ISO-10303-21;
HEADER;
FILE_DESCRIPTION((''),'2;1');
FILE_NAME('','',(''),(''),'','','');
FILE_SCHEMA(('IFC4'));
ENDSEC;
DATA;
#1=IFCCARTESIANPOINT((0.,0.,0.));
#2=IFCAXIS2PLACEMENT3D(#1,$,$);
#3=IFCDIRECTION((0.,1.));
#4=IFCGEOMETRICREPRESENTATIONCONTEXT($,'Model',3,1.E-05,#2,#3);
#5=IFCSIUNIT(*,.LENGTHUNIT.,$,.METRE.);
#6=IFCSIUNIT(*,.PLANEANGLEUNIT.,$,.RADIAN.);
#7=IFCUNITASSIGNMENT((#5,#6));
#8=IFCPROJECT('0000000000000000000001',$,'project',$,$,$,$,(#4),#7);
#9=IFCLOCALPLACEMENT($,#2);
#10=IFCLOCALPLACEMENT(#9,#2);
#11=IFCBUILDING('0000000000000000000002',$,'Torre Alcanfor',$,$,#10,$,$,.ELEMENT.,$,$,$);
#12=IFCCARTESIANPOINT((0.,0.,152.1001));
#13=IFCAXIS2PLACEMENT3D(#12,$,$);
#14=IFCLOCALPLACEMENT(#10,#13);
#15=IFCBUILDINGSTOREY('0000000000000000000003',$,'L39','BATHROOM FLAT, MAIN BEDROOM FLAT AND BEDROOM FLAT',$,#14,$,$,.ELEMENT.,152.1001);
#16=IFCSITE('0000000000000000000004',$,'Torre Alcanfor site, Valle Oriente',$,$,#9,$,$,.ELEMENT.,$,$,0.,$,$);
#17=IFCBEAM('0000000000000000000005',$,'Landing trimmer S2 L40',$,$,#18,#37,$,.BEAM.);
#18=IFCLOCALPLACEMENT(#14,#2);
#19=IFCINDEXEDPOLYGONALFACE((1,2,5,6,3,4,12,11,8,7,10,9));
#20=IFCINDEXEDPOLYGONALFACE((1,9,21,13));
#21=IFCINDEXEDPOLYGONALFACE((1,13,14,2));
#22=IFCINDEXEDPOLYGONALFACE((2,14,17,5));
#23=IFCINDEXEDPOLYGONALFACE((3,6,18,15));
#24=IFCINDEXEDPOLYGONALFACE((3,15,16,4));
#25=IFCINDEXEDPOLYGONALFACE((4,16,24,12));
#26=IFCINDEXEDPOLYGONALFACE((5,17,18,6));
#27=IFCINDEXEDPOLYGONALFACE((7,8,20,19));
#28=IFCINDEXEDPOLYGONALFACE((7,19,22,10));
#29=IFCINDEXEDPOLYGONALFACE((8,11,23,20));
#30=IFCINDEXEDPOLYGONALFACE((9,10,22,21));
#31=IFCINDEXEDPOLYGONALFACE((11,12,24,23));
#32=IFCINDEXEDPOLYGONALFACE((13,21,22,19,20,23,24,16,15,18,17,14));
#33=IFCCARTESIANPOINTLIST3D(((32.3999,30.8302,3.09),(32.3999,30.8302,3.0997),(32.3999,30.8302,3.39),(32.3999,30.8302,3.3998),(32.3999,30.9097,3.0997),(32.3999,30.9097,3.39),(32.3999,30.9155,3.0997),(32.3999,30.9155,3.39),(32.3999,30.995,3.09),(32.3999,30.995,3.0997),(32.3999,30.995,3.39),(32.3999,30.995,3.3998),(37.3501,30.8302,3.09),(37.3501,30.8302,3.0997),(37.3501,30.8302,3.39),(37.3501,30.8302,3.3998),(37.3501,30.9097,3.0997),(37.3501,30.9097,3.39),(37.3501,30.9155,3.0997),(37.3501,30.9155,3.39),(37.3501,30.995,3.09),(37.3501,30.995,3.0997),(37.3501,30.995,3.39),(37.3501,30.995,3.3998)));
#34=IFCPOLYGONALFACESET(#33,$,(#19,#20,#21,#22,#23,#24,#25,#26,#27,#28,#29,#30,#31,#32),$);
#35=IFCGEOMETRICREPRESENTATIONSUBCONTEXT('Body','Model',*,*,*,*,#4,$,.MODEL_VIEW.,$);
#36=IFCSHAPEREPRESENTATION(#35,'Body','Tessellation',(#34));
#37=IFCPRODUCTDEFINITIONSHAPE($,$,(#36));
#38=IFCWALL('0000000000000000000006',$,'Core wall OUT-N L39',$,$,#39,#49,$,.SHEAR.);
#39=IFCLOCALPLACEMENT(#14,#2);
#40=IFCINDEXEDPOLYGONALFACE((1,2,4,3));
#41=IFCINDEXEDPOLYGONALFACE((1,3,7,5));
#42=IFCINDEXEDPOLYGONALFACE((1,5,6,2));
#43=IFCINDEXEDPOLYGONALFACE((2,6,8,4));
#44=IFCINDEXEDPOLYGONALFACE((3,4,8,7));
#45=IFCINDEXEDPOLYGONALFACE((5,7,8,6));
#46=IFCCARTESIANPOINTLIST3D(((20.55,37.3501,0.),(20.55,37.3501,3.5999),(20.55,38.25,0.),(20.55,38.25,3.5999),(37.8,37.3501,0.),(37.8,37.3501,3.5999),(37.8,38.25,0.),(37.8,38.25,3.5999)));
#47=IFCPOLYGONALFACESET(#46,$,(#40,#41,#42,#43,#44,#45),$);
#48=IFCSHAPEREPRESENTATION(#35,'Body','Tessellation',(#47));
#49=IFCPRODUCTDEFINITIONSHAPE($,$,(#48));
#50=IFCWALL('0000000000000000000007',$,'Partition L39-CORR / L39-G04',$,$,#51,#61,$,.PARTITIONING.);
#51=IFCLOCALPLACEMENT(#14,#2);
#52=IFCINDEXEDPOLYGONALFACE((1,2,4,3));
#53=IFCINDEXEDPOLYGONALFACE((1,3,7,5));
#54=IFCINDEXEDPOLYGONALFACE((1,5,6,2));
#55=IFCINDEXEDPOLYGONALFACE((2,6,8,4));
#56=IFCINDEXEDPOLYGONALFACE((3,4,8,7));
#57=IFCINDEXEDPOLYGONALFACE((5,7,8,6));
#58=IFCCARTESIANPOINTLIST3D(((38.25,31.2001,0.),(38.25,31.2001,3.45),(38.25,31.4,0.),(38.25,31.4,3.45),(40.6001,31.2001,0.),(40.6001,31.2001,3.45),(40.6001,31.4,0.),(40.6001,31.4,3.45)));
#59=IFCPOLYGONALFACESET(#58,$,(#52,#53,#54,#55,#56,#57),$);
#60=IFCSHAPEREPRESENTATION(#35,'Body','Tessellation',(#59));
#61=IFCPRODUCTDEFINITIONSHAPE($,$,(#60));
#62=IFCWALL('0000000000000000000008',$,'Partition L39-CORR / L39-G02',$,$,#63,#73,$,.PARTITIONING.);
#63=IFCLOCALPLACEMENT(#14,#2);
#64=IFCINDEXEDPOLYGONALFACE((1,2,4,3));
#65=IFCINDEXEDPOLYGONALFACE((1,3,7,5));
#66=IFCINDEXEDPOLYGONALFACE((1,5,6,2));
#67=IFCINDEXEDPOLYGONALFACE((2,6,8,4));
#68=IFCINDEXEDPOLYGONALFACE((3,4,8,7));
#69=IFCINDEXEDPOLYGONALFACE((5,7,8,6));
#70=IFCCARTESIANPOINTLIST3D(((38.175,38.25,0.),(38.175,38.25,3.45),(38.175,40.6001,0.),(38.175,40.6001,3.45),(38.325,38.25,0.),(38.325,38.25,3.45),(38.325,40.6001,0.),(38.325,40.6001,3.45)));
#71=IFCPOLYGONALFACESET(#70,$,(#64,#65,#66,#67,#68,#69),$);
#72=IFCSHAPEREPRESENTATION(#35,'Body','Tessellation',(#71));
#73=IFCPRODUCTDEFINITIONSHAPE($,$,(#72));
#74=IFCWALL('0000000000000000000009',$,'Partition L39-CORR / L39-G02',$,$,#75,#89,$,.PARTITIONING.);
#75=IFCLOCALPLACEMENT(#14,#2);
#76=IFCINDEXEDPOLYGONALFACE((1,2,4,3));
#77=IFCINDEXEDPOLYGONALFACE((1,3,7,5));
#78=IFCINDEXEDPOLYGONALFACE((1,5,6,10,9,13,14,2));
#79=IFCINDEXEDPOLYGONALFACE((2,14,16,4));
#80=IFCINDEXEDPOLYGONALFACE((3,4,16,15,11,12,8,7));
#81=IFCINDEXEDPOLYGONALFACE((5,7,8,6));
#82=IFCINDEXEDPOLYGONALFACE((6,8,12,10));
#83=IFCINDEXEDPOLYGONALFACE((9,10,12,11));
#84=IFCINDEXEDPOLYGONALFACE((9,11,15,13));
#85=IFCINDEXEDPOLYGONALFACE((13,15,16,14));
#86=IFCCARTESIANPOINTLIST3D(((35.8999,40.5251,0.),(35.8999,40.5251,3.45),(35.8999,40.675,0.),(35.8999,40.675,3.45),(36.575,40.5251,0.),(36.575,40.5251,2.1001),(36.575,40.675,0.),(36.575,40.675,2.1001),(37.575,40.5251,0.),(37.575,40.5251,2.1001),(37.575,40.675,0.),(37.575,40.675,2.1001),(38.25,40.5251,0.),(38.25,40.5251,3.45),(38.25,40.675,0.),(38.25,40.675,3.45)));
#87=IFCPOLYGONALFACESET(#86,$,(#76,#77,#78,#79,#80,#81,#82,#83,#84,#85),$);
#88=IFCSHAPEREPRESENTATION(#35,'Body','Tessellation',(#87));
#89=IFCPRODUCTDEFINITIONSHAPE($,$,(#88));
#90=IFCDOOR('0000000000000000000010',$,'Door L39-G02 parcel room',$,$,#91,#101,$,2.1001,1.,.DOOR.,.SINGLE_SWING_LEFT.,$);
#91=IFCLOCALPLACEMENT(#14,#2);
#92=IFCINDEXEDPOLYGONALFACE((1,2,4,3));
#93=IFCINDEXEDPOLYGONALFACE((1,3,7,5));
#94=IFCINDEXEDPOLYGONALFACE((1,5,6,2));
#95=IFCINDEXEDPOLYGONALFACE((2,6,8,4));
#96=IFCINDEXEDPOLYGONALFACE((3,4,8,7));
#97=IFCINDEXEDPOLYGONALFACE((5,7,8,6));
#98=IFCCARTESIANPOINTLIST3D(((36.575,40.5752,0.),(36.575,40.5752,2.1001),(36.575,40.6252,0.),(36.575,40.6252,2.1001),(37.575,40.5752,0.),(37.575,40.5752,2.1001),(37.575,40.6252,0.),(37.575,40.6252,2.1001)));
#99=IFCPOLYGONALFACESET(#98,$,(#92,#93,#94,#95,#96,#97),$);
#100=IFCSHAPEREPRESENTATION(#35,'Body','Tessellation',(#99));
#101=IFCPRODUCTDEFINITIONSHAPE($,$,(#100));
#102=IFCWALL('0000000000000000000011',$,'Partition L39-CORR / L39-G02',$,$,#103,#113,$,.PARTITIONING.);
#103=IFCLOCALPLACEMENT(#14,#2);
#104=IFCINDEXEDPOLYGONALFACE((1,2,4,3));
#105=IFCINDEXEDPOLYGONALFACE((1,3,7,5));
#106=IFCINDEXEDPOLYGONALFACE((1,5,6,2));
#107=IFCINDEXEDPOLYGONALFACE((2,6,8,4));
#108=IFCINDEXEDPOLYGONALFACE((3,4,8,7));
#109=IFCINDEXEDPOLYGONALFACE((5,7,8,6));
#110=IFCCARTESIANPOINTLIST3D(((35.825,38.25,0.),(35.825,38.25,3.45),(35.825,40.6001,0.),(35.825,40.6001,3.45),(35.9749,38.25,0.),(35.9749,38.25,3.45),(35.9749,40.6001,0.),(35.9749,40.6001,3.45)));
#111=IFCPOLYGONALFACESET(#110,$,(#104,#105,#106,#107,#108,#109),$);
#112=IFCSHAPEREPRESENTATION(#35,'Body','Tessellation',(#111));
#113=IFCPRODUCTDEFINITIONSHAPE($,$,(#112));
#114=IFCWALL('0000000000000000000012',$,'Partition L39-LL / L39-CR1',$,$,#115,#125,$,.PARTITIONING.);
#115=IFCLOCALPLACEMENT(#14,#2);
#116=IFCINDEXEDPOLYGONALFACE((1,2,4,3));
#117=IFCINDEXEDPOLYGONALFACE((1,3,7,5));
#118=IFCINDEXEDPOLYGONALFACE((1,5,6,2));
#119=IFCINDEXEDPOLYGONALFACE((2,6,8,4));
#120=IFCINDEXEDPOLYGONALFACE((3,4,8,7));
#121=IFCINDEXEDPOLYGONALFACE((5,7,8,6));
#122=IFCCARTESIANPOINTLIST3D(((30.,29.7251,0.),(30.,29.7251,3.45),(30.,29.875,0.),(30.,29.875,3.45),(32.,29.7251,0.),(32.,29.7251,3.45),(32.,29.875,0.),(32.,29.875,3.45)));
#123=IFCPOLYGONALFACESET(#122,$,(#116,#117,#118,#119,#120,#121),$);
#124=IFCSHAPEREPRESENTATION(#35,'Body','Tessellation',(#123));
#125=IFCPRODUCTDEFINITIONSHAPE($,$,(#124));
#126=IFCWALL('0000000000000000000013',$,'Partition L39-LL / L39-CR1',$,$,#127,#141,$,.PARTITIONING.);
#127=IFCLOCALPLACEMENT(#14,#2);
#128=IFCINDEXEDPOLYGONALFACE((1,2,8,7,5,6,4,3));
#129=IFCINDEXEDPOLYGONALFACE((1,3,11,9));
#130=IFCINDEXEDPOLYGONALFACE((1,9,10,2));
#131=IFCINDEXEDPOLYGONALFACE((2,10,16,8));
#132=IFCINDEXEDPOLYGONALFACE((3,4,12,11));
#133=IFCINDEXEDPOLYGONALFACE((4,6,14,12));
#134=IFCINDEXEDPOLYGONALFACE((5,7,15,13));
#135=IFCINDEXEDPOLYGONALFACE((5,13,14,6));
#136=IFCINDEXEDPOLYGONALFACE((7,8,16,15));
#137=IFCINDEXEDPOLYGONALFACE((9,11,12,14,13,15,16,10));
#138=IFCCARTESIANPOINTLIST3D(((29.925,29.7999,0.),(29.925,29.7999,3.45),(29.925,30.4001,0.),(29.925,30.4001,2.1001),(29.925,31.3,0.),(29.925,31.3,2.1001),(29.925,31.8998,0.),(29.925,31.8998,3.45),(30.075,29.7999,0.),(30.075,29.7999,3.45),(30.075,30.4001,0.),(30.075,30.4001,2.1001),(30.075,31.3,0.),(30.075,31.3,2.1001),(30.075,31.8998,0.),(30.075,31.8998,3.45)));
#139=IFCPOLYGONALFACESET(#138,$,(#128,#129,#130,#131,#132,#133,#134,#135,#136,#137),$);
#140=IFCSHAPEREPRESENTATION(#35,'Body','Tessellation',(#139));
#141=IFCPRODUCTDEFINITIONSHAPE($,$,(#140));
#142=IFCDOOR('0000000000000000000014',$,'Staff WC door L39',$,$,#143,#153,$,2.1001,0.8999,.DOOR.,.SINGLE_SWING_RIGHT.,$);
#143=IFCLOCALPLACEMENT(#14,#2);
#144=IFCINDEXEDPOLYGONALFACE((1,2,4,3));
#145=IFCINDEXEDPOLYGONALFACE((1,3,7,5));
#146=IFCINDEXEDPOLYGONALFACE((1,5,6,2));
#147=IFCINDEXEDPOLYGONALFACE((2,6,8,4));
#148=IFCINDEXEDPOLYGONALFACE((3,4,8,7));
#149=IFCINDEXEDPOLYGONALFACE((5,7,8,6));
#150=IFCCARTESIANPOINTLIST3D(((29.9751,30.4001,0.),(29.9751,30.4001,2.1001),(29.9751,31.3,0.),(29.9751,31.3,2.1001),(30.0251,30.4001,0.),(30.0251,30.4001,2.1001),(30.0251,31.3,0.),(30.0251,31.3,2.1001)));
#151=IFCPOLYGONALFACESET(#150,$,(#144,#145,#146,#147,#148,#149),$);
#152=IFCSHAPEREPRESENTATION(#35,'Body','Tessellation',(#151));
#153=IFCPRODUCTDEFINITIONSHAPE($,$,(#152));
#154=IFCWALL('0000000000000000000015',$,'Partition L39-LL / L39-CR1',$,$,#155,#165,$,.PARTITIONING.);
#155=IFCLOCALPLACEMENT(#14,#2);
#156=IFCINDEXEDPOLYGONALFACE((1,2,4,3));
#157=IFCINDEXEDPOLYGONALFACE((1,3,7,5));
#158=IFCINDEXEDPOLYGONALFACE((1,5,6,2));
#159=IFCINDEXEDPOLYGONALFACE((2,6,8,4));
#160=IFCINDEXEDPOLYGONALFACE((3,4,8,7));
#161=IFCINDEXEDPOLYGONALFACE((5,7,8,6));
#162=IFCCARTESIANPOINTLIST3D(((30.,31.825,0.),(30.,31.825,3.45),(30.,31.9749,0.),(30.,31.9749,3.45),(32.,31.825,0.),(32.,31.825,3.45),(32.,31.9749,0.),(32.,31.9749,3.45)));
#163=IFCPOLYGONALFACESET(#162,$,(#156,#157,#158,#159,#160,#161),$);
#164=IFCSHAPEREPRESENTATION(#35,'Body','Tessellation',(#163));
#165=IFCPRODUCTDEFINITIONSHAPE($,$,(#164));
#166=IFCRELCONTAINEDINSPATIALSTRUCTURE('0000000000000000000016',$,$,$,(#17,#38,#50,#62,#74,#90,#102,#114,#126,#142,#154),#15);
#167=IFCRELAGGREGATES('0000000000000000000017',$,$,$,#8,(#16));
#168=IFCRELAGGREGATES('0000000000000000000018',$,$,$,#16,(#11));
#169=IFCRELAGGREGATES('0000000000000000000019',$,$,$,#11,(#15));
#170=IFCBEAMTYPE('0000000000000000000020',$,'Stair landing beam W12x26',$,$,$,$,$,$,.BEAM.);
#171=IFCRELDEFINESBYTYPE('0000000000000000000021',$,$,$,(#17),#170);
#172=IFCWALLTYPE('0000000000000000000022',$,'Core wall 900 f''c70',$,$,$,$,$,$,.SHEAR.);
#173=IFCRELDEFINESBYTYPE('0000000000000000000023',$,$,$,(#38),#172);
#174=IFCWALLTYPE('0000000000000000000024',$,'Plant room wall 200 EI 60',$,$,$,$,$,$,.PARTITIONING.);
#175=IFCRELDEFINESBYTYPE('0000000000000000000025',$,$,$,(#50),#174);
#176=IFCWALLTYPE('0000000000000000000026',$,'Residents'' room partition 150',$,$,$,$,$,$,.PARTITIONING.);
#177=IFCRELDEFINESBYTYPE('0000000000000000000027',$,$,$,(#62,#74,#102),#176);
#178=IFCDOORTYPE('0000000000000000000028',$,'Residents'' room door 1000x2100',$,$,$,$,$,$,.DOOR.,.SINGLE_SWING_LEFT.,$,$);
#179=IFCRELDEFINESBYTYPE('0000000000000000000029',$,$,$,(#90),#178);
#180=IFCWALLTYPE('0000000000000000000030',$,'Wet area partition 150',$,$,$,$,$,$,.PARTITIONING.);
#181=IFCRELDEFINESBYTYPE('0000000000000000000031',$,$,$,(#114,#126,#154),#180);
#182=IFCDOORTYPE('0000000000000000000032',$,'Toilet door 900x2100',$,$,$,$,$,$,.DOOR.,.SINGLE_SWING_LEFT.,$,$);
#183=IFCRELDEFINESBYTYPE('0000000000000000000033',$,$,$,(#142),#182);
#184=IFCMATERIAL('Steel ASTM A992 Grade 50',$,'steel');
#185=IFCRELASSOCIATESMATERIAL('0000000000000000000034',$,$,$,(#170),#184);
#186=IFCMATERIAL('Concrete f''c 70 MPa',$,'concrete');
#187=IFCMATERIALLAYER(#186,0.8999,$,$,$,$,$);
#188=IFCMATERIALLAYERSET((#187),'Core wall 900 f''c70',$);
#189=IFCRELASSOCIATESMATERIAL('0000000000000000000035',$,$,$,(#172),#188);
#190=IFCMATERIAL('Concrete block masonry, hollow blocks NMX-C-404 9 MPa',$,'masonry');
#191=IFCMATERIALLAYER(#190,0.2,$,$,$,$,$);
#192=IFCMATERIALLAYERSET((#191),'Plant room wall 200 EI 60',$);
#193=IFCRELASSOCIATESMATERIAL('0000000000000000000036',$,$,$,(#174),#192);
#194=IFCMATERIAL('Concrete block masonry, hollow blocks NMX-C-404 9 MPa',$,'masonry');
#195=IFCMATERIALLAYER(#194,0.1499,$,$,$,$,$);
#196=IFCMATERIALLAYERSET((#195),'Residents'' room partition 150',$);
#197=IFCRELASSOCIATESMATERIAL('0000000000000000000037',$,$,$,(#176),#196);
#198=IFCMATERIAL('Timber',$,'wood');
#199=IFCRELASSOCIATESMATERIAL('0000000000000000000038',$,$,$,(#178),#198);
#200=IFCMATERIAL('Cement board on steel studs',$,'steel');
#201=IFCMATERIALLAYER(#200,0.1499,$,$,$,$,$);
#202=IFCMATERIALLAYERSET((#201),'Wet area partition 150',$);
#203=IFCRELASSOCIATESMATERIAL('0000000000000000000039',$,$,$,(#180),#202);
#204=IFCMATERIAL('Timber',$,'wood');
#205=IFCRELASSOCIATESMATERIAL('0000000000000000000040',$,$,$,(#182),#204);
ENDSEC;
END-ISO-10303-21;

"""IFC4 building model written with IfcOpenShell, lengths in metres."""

from ifc_helpers import new_model, si_unit, direction, frame, frame_2d, origin, origin_2d, place, context, subcontext, project, spatial, rectangle, i_section, extrude, material, layer, layer_set, material_profile, profile_set, type_object, element, fill, save


model = new_model("IFC4")

# Units and contexts
model_context = context("Model", 3, precision=1e-05, world=origin(), true_north=direction((0.0, 1.0)))
body_context = subcontext(model_context, "Body", "Model", "MODEL_VIEW")
ifc_project = project(units=[si_unit("LENGTHUNIT", "METRE"), si_unit("PLANEANGLEUNIT", "RADIAN")], contexts=[model_context])

# Site, building, storey
site_placement = place(None, origin())
site = spatial("IfcSite", under=ifc_project, at=site_placement, Name="Torre Alcanfor site, Valle Oriente", CompositionType="ELEMENT", RefElevation=0.0)
building_placement = place(site_placement, origin())
building = spatial("IfcBuilding", under=site, at=building_placement, Name="Torre Alcanfor", CompositionType="ELEMENT")
storey_placement = place(building_placement, frame((0.0, 0.0, 152.1001)))
storey = spatial("IfcBuildingStorey", under=building, at=storey_placement, Name="L39", Description="BATHROOM FLAT, MAIN BEDROOM FLAT AND BEDROOM FLAT", CompositionType="ELEMENT", Elevation=152.1001)

# Beam
ifc_material_1 = material(Name="Steel ASTM A992 Grade 50", Category="steel")
ifc_material_profile_1 = material_profile(ifc_material_1, i_section(OverallWidth=0.1648, OverallDepth=0.3098, WebThickness=0.0059, FlangeThickness=0.0098, at=origin_2d()), Name="W12x26")
ifc_profile_set_1 = profile_set([ifc_material_profile_1], Name="Steel ASTM A992 Grade 50")
beam_type_1 = type_object("IfcBeamType", Name="Stair landing beam W12x26", PredefinedType="BEAM", material=ifc_profile_set_1)
beam_1_placement = place(storey_placement, frame((32.3999, 30.9126, 3.2449), z_axis=(1.0, 0.0, 0.0), x_axis=(0.0, 1.0, 0.0)))
element("IfcBeam", 1, at=beam_1_placement, inside=storey, type_object=beam_type_1, Name="Landing trimmer S2 L40", PredefinedType="BEAM", context=body_context, shape_type="SweptSolid", body=[
    extrude(i_section(OverallWidth=0.1648, OverallDepth=0.3098, WebThickness=0.0059, FlangeThickness=0.0098, at=origin_2d()), origin(), (0.0, 0.0, 1.0), 4.9502),
])

# Walls
ifc_material_2 = material(Name="Concrete f'c 70 MPa", Category="concrete")
ifc_layer_1 = layer(ifc_material_2, 0.8999)
ifc_layer_set_1 = layer_set([ifc_layer_1], Name="Core wall 900 f'c70")
wall_type_1 = type_object("IfcWallType", Name="Core wall 900 f'c70", PredefinedType="SHEAR", material=ifc_layer_set_1)
wall_1_placement = place(storey_placement, frame((37.8, 37.8, 0.0), z_axis=(0.0, 0.0, 1.0), x_axis=(-1.0, 0.0, 0.0)))
element("IfcWall", 2, at=wall_1_placement, inside=storey, type_object=wall_type_1, Name="Core wall OUT-N L39", PredefinedType="SHEAR", context=body_context, shape_type="SweptSolid", body=[
    extrude(rectangle(XDim=17.25, YDim=0.8999, at=frame_2d((8.625, 0.0))), origin(), (0.0, 0.0, 1.0), 3.5999),
])
ifc_material_3 = material(Name="Concrete block masonry, hollow blocks NMX-C-404 9 MPa", Category="masonry")
ifc_layer_2 = layer(ifc_material_3, 0.2)
ifc_layer_set_2 = layer_set([ifc_layer_2], Name="Plant room wall 200 EI 60")
wall_type_2 = type_object("IfcWallType", Name="Plant room wall 200 EI 60", PredefinedType="PARTITIONING", material=ifc_layer_set_2)
wall_2_placement = place(storey_placement, frame((40.6001, 31.3, 0.0), z_axis=(0.0, 0.0, 1.0), x_axis=(-1.0, 0.0, 0.0)))
element("IfcWall", 3, at=wall_2_placement, inside=storey, type_object=wall_type_2, Name="Partition L39-CORR / L39-G04", PredefinedType="PARTITIONING", context=body_context, shape_type="SweptSolid", body=[
    extrude(rectangle(XDim=2.3501, YDim=0.2, at=frame_2d((1.175, 0.0))), origin(), (0.0, 0.0, 1.0), 3.45),
])
ifc_material_4 = material(Name="Concrete block masonry, hollow blocks NMX-C-404 9 MPa", Category="masonry")
ifc_layer_3 = layer(ifc_material_4, 0.1499)
ifc_layer_set_3 = layer_set([ifc_layer_3], Name="Residents' room partition 150")
wall_type_3 = type_object("IfcWallType", Name="Residents' room partition 150", PredefinedType="PARTITIONING", material=ifc_layer_set_3)
wall_3_placement = place(storey_placement, frame((38.25, 38.25, 0.0), z_axis=(0.0, 0.0, 1.0), x_axis=(0.0, 1.0, 0.0)))
element("IfcWall", 4, at=wall_3_placement, inside=storey, type_object=wall_type_3, Name="Partition L39-CORR / L39-G02", PredefinedType="PARTITIONING", context=body_context, shape_type="SweptSolid", body=[
    extrude(rectangle(XDim=2.3501, YDim=0.1499, at=frame_2d((1.175, 0.0))), origin(), (0.0, 0.0, 1.0), 3.45),
])

# Wall, opening, door
wall_4_placement = place(storey_placement, frame((38.25, 40.6001, 0.0), z_axis=(0.0, 0.0, 1.0), x_axis=(-1.0, 0.0, 0.0)))
wall_4 = element("IfcWall", 5, at=wall_4_placement, inside=storey, type_object=wall_type_3, Name="Partition L39-CORR / L39-G02", PredefinedType="PARTITIONING", context=body_context, shape_type="SweptSolid", body=[
    extrude(rectangle(XDim=2.3501, YDim=0.1499, at=frame_2d((1.175, 0.0))), origin(), (0.0, 0.0, 1.0), 3.45),
])
opening_1_placement = place(wall_4_placement, frame((0.675, 0.0, 0.0)))
opening_1 = element("IfcOpeningElement", 6, at=opening_1_placement, cuts=wall_4, PredefinedType="OPENING", context=body_context, shape_type="SweptSolid", body=[
    extrude(rectangle(XDim=1.0, YDim=2.1001, at=frame_2d((0.5, 1.05))), frame((0.0, 0.085, 0.0), z_axis=(0.0, -1.0, 0.0), x_axis=(1.0, 0.0, 0.0)), (0.0, 0.0, 1.0), 0.1699),
])
ifc_material_5 = material(Name="Timber", Category="wood")
door_type_1 = type_object("IfcDoorType", Name="Residents' room door 1000x2100", OperationType="SINGLE_SWING_LEFT", PredefinedType="DOOR", material=ifc_material_5)
door_1_placement = place(opening_1_placement, origin())
door_1 = element("IfcDoor", 7, at=door_1_placement, inside=storey, type_object=door_type_1, Name="Door L39-G02 parcel room", OperationType="SINGLE_SWING_LEFT", OverallHeight=2.1001, OverallWidth=1.0, PredefinedType="DOOR", context=body_context, shape_type="SweptSolid", body=[
    extrude(rectangle(XDim=1.0, YDim=2.1001, at=frame_2d((0.5, 1.05))), frame((0.0, 0.0249, 0.0), z_axis=(0.0, -1.0, 0.0), x_axis=(1.0, 0.0, 0.0)), (0.0, 0.0, 1.0), 0.05),
])
fill(opening_1, door_1)

# Walls
wall_5_placement = place(storey_placement, frame((35.8999, 40.6001, 0.0), z_axis=(0.0, 0.0, 1.0), x_axis=(0.0, -1.0, 0.0)))
element("IfcWall", 8, at=wall_5_placement, inside=storey, type_object=wall_type_3, Name="Partition L39-CORR / L39-G02", PredefinedType="PARTITIONING", context=body_context, shape_type="SweptSolid", body=[
    extrude(rectangle(XDim=2.3501, YDim=0.1499, at=frame_2d((1.175, 0.0))), origin(), (0.0, 0.0, 1.0), 3.45),
])
ifc_material_6 = material(Name="Cement board on steel studs", Category="steel")
ifc_layer_4 = layer(ifc_material_6, 0.1499)
ifc_layer_set_4 = layer_set([ifc_layer_4], Name="Wet area partition 150")
wall_type_4 = type_object("IfcWallType", Name="Wet area partition 150", PredefinedType="PARTITIONING", material=ifc_layer_set_4)
wall_6_placement = place(storey_placement, frame((32.0, 29.8, 0.0), z_axis=(0.0, 0.0, 1.0), x_axis=(-1.0, 0.0, 0.0)))
element("IfcWall", 9, at=wall_6_placement, inside=storey, type_object=wall_type_4, Name="Partition L39-LL / L39-CR1", PredefinedType="PARTITIONING", context=body_context, shape_type="SweptSolid", body=[
    extrude(rectangle(XDim=2.0, YDim=0.1499, at=frame_2d((1.0, 0.0))), origin(), (0.0, 0.0, 1.0), 3.45),
])

# Wall, opening, door
wall_7_placement = place(storey_placement, frame((30.0, 29.8, 0.0), z_axis=(0.0, 0.0, 1.0), x_axis=(0.0, 1.0, 0.0)))
wall_7 = element("IfcWall", 10, at=wall_7_placement, inside=storey, type_object=wall_type_4, Name="Partition L39-LL / L39-CR1", PredefinedType="PARTITIONING", context=body_context, shape_type="SweptSolid", body=[
    extrude(rectangle(XDim=2.0999, YDim=0.1499, at=frame_2d((1.0498, 0.0))), origin(), (0.0, 0.0, 1.0), 3.45),
])
opening_2_placement = place(wall_7_placement, frame((0.6001, 0.0, 0.0)))
opening_2 = element("IfcOpeningElement", 11, at=opening_2_placement, cuts=wall_7, PredefinedType="OPENING", context=body_context, shape_type="SweptSolid", body=[
    extrude(rectangle(XDim=0.8999, YDim=2.1001, at=frame_2d((0.45, 1.05))), frame((0.0, 0.085, 0.0), z_axis=(0.0, -1.0, 0.0), x_axis=(1.0, 0.0, 0.0)), (0.0, 0.0, 1.0), 0.1699),
])
ifc_material_7 = material(Name="Timber", Category="wood")
door_type_2 = type_object("IfcDoorType", Name="Toilet door 900x2100", OperationType="SINGLE_SWING_LEFT", PredefinedType="DOOR", material=ifc_material_7)
door_2_placement = place(opening_2_placement, frame((0.8999, 0.0, 0.0), z_axis=(0.0, 0.0, 1.0), x_axis=(-1.0, 0.0, 0.0)))
door_2 = element("IfcDoor", 12, at=door_2_placement, inside=storey, type_object=door_type_2, Name="Staff WC door L39", OperationType="SINGLE_SWING_RIGHT", OverallHeight=2.1001, OverallWidth=0.8999, PredefinedType="DOOR", context=body_context, shape_type="SweptSolid", body=[
    extrude(rectangle(XDim=0.8999, YDim=2.1001, at=frame_2d((0.45, 1.05))), frame((0.0, 0.0251, 0.0), z_axis=(0.0, -1.0, 0.0), x_axis=(1.0, 0.0, 0.0)), (0.0, 0.0, 1.0), 0.05),
])
fill(opening_2, door_2)

# Wall
wall_8_placement = place(storey_placement, frame((30.0, 31.8999, 0.0), z_axis=(0.0, 0.0, 1.0), x_axis=(1.0, 0.0, 0.0)))
element("IfcWall", 13, at=wall_8_placement, inside=storey, type_object=wall_type_4, Name="Partition L39-LL / L39-CR1", PredefinedType="PARTITIONING", context=body_context, shape_type="SweptSolid", body=[
    extrude(rectangle(XDim=2.0, YDim=0.1499, at=frame_2d((1.0, 0.0))), origin(), (0.0, 0.0, 1.0), 3.45),
])

save(model, "model.ifc")
